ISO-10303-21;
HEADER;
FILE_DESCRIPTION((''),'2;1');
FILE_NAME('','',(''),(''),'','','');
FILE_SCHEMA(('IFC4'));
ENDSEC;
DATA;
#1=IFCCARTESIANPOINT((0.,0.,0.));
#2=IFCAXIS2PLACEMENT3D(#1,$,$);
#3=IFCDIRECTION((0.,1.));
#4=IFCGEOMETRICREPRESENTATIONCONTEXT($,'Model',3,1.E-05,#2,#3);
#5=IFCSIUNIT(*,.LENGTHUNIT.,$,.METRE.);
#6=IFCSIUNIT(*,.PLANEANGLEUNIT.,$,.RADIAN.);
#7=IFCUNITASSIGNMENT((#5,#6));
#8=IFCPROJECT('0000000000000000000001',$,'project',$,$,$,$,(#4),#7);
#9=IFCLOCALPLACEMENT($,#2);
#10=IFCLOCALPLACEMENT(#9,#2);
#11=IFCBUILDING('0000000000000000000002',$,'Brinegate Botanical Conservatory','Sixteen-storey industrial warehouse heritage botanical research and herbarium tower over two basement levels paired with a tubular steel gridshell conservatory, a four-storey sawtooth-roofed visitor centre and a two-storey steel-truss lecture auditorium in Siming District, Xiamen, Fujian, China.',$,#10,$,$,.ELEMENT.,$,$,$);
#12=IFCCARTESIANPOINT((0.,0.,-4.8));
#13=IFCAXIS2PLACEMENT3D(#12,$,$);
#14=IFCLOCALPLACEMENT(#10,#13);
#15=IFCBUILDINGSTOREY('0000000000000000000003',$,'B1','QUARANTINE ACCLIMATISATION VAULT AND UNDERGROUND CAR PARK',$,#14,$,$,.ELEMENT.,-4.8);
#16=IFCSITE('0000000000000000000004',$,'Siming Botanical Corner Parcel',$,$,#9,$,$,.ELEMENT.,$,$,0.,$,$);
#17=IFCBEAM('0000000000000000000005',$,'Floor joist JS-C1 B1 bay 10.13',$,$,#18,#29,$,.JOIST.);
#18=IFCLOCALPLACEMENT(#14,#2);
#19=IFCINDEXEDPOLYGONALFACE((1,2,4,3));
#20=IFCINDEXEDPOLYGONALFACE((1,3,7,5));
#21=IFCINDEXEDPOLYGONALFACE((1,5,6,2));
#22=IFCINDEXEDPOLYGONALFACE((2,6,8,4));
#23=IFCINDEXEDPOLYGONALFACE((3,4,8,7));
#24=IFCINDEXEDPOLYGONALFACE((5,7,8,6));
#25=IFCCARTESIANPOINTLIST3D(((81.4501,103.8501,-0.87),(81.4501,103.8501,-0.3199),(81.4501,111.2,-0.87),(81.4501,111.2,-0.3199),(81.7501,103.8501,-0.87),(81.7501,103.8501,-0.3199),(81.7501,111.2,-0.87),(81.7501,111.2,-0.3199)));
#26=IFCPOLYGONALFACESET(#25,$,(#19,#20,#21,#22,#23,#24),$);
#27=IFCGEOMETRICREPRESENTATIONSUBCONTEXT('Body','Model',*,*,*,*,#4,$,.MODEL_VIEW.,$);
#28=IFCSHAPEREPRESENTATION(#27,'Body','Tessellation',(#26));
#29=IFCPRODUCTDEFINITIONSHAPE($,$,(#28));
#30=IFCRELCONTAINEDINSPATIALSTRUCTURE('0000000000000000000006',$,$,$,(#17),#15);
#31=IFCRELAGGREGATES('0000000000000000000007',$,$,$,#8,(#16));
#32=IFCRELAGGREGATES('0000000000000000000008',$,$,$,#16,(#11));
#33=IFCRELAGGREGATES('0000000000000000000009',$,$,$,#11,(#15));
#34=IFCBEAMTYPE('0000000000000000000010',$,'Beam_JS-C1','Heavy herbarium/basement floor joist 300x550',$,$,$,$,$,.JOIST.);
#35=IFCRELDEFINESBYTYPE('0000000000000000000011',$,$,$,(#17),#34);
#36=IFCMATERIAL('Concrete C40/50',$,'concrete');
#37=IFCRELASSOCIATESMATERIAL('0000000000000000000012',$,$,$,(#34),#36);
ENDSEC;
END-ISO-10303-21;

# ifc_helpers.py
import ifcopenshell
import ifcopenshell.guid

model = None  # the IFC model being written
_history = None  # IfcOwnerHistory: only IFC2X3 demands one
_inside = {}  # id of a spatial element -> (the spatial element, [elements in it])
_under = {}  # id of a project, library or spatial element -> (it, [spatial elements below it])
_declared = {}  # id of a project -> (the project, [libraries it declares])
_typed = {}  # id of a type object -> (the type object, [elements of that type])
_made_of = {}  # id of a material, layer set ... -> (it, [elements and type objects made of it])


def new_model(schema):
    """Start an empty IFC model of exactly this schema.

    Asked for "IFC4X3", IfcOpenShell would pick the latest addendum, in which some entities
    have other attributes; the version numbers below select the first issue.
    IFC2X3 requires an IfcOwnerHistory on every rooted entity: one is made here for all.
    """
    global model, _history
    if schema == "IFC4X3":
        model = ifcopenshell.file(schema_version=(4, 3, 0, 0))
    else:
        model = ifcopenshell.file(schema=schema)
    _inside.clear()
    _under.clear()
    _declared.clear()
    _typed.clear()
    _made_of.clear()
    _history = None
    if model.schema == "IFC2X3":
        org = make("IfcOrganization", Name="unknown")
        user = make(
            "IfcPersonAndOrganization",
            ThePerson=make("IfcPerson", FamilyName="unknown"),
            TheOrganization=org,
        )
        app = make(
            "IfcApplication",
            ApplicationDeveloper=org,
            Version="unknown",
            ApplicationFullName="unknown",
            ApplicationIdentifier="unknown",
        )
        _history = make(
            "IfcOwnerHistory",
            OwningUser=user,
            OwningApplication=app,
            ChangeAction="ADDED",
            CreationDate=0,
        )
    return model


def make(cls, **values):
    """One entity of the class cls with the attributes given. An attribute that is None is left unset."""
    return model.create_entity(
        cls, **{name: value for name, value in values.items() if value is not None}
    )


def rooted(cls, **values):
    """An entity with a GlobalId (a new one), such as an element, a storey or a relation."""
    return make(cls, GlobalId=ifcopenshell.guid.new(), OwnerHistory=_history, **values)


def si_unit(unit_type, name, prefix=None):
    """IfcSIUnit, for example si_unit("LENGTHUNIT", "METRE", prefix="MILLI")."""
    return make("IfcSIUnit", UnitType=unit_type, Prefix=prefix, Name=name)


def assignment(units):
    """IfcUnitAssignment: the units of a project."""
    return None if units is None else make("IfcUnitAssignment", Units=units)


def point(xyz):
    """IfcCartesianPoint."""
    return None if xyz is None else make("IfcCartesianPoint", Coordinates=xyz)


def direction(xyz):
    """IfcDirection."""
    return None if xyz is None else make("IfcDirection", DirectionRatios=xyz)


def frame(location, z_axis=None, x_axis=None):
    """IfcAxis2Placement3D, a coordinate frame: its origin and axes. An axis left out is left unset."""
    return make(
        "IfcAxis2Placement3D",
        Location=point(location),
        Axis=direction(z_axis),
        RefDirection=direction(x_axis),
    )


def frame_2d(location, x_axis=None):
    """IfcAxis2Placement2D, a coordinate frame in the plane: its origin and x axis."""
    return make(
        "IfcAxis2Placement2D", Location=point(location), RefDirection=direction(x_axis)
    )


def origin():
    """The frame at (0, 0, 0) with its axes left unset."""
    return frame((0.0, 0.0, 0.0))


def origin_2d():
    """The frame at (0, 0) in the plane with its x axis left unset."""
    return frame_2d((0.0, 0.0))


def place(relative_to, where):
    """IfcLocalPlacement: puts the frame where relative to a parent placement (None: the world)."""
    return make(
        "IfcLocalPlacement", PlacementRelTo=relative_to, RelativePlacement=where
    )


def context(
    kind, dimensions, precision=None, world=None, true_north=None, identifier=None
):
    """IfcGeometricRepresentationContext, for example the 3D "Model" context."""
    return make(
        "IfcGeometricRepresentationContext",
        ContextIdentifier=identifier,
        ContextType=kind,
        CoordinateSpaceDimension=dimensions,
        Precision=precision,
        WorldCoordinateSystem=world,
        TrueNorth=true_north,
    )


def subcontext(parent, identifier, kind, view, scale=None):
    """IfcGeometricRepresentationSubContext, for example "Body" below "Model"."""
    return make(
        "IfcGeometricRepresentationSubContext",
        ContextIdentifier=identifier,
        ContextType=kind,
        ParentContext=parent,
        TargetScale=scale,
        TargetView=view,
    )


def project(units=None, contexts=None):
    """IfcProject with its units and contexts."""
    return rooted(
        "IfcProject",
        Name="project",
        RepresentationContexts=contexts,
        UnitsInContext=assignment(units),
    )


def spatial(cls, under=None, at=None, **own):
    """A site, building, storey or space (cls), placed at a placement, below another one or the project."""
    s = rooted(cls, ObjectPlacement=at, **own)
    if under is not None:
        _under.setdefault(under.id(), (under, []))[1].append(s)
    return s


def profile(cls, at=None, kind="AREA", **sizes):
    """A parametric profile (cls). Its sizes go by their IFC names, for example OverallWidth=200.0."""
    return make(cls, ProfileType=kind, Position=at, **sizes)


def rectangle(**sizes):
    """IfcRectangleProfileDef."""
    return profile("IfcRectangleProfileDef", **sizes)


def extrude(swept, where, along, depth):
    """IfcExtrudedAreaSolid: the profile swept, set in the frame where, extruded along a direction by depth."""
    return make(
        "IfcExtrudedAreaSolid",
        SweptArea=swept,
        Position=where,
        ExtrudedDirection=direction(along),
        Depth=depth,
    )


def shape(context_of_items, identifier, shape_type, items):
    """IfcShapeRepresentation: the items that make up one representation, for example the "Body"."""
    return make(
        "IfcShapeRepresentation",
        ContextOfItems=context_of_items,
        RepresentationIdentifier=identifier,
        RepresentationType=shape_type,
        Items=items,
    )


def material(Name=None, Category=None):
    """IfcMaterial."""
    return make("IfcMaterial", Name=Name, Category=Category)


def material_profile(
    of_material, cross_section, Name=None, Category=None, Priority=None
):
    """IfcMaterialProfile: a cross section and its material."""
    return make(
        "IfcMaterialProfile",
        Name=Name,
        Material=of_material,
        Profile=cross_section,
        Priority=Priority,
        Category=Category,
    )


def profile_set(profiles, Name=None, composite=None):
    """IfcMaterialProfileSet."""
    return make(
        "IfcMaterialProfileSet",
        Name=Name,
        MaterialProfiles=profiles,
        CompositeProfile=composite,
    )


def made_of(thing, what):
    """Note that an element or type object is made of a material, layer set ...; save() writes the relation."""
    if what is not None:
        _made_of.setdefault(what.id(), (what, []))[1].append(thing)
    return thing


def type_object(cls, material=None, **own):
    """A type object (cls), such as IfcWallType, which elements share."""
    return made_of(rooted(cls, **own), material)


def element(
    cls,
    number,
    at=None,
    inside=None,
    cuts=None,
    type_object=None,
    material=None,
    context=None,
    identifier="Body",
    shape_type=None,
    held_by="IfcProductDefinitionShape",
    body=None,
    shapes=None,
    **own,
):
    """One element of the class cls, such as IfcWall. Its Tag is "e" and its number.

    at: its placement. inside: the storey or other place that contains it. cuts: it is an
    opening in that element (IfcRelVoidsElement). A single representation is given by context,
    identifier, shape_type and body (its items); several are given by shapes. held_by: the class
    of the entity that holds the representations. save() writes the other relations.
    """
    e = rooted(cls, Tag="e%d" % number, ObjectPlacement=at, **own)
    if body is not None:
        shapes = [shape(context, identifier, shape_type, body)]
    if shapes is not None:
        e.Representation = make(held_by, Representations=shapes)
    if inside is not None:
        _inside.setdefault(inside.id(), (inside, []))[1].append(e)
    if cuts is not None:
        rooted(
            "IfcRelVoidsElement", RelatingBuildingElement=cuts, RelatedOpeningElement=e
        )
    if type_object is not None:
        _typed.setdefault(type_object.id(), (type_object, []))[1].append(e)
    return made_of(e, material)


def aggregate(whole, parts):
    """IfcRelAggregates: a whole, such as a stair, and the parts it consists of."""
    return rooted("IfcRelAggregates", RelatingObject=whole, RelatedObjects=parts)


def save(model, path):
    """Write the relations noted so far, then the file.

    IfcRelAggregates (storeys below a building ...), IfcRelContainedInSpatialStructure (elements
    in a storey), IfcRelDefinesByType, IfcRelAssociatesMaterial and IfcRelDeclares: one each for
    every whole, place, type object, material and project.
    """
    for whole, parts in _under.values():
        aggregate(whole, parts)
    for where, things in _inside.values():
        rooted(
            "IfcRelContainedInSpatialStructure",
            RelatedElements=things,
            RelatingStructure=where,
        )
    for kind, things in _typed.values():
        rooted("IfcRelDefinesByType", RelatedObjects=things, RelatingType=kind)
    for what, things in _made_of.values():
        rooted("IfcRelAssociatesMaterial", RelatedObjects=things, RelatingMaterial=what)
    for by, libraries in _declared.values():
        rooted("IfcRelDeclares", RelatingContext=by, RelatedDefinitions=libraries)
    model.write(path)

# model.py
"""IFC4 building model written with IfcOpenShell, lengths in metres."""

from ifc_helpers import new_model, si_unit, direction, frame, origin, origin_2d, place, context, subcontext, project, spatial, rectangle, extrude, material, material_profile, profile_set, type_object, element, save


model = new_model("IFC4")

# Units and contexts
model_context = context("Model", 3, precision=1e-05, world=origin(), true_north=direction((0.0, 1.0)))
body_context = subcontext(model_context, "Body", "Model", "MODEL_VIEW")
ifc_project = project(units=[si_unit("LENGTHUNIT", "METRE"), si_unit("PLANEANGLEUNIT", "RADIAN")], contexts=[model_context])

# Site, building, storey
site_placement = place(None, origin())
site = spatial("IfcSite", under=ifc_project, at=site_placement, Name="Siming Botanical Corner Parcel", CompositionType="ELEMENT", RefElevation=0.0)
building_placement = place(site_placement, origin())
building = spatial("IfcBuilding", under=site, at=building_placement, Name="Brinegate Botanical Conservatory", Description="Sixteen-storey industrial warehouse heritage botanical research and herbarium tower over two basement levels paired with a tubular steel gridshell conservatory, a four-storey sawtooth-roofed visitor centre and a two-storey steel-truss lecture auditorium in Siming District, Xiamen, Fujian, China.", CompositionType="ELEMENT")
storey_placement = place(building_placement, frame((0.0, 0.0, -4.8)))
storey = spatial("IfcBuildingStorey", under=building, at=storey_placement, Name="B1", Description="QUARANTINE ACCLIMATISATION VAULT AND UNDERGROUND CAR PARK", CompositionType="ELEMENT", Elevation=-4.8)

# Shared definitions
ifc_material = material(Name="Concrete C40/50", Category="concrete")

# Beam
ifc_material_profile_1 = material_profile(ifc_material, rectangle(XDim=0.3, YDim=0.55, at=origin_2d()), Name="RC JST 300x550")
ifc_profile_set_1 = profile_set([ifc_material_profile_1], Name="Concrete C40/50")
beam_type_1 = type_object("IfcBeamType", Name="Beam_JS-C1", Description="Heavy herbarium/basement floor joist 300x550", PredefinedType="JOIST", material=ifc_profile_set_1)
beam_1_placement = place(storey_placement, frame((81.6001, 103.8501, -0.595), z_axis=(0.0, 1.0, 0.0), x_axis=(-1.0, 0.0, 0.0)))
element("IfcBeam", 1, at=beam_1_placement, inside=storey, type_object=beam_type_1, Name="Floor joist JS-C1 B1 bay 10.13", PredefinedType="JOIST", context=body_context, shape_type="SweptSolid", body=[
    extrude(rectangle(XDim=0.3, YDim=0.55, at=origin_2d()), origin(), (0.0, 0.0, 1.0), 7.3499),
])

save(model, "model.ifc")
